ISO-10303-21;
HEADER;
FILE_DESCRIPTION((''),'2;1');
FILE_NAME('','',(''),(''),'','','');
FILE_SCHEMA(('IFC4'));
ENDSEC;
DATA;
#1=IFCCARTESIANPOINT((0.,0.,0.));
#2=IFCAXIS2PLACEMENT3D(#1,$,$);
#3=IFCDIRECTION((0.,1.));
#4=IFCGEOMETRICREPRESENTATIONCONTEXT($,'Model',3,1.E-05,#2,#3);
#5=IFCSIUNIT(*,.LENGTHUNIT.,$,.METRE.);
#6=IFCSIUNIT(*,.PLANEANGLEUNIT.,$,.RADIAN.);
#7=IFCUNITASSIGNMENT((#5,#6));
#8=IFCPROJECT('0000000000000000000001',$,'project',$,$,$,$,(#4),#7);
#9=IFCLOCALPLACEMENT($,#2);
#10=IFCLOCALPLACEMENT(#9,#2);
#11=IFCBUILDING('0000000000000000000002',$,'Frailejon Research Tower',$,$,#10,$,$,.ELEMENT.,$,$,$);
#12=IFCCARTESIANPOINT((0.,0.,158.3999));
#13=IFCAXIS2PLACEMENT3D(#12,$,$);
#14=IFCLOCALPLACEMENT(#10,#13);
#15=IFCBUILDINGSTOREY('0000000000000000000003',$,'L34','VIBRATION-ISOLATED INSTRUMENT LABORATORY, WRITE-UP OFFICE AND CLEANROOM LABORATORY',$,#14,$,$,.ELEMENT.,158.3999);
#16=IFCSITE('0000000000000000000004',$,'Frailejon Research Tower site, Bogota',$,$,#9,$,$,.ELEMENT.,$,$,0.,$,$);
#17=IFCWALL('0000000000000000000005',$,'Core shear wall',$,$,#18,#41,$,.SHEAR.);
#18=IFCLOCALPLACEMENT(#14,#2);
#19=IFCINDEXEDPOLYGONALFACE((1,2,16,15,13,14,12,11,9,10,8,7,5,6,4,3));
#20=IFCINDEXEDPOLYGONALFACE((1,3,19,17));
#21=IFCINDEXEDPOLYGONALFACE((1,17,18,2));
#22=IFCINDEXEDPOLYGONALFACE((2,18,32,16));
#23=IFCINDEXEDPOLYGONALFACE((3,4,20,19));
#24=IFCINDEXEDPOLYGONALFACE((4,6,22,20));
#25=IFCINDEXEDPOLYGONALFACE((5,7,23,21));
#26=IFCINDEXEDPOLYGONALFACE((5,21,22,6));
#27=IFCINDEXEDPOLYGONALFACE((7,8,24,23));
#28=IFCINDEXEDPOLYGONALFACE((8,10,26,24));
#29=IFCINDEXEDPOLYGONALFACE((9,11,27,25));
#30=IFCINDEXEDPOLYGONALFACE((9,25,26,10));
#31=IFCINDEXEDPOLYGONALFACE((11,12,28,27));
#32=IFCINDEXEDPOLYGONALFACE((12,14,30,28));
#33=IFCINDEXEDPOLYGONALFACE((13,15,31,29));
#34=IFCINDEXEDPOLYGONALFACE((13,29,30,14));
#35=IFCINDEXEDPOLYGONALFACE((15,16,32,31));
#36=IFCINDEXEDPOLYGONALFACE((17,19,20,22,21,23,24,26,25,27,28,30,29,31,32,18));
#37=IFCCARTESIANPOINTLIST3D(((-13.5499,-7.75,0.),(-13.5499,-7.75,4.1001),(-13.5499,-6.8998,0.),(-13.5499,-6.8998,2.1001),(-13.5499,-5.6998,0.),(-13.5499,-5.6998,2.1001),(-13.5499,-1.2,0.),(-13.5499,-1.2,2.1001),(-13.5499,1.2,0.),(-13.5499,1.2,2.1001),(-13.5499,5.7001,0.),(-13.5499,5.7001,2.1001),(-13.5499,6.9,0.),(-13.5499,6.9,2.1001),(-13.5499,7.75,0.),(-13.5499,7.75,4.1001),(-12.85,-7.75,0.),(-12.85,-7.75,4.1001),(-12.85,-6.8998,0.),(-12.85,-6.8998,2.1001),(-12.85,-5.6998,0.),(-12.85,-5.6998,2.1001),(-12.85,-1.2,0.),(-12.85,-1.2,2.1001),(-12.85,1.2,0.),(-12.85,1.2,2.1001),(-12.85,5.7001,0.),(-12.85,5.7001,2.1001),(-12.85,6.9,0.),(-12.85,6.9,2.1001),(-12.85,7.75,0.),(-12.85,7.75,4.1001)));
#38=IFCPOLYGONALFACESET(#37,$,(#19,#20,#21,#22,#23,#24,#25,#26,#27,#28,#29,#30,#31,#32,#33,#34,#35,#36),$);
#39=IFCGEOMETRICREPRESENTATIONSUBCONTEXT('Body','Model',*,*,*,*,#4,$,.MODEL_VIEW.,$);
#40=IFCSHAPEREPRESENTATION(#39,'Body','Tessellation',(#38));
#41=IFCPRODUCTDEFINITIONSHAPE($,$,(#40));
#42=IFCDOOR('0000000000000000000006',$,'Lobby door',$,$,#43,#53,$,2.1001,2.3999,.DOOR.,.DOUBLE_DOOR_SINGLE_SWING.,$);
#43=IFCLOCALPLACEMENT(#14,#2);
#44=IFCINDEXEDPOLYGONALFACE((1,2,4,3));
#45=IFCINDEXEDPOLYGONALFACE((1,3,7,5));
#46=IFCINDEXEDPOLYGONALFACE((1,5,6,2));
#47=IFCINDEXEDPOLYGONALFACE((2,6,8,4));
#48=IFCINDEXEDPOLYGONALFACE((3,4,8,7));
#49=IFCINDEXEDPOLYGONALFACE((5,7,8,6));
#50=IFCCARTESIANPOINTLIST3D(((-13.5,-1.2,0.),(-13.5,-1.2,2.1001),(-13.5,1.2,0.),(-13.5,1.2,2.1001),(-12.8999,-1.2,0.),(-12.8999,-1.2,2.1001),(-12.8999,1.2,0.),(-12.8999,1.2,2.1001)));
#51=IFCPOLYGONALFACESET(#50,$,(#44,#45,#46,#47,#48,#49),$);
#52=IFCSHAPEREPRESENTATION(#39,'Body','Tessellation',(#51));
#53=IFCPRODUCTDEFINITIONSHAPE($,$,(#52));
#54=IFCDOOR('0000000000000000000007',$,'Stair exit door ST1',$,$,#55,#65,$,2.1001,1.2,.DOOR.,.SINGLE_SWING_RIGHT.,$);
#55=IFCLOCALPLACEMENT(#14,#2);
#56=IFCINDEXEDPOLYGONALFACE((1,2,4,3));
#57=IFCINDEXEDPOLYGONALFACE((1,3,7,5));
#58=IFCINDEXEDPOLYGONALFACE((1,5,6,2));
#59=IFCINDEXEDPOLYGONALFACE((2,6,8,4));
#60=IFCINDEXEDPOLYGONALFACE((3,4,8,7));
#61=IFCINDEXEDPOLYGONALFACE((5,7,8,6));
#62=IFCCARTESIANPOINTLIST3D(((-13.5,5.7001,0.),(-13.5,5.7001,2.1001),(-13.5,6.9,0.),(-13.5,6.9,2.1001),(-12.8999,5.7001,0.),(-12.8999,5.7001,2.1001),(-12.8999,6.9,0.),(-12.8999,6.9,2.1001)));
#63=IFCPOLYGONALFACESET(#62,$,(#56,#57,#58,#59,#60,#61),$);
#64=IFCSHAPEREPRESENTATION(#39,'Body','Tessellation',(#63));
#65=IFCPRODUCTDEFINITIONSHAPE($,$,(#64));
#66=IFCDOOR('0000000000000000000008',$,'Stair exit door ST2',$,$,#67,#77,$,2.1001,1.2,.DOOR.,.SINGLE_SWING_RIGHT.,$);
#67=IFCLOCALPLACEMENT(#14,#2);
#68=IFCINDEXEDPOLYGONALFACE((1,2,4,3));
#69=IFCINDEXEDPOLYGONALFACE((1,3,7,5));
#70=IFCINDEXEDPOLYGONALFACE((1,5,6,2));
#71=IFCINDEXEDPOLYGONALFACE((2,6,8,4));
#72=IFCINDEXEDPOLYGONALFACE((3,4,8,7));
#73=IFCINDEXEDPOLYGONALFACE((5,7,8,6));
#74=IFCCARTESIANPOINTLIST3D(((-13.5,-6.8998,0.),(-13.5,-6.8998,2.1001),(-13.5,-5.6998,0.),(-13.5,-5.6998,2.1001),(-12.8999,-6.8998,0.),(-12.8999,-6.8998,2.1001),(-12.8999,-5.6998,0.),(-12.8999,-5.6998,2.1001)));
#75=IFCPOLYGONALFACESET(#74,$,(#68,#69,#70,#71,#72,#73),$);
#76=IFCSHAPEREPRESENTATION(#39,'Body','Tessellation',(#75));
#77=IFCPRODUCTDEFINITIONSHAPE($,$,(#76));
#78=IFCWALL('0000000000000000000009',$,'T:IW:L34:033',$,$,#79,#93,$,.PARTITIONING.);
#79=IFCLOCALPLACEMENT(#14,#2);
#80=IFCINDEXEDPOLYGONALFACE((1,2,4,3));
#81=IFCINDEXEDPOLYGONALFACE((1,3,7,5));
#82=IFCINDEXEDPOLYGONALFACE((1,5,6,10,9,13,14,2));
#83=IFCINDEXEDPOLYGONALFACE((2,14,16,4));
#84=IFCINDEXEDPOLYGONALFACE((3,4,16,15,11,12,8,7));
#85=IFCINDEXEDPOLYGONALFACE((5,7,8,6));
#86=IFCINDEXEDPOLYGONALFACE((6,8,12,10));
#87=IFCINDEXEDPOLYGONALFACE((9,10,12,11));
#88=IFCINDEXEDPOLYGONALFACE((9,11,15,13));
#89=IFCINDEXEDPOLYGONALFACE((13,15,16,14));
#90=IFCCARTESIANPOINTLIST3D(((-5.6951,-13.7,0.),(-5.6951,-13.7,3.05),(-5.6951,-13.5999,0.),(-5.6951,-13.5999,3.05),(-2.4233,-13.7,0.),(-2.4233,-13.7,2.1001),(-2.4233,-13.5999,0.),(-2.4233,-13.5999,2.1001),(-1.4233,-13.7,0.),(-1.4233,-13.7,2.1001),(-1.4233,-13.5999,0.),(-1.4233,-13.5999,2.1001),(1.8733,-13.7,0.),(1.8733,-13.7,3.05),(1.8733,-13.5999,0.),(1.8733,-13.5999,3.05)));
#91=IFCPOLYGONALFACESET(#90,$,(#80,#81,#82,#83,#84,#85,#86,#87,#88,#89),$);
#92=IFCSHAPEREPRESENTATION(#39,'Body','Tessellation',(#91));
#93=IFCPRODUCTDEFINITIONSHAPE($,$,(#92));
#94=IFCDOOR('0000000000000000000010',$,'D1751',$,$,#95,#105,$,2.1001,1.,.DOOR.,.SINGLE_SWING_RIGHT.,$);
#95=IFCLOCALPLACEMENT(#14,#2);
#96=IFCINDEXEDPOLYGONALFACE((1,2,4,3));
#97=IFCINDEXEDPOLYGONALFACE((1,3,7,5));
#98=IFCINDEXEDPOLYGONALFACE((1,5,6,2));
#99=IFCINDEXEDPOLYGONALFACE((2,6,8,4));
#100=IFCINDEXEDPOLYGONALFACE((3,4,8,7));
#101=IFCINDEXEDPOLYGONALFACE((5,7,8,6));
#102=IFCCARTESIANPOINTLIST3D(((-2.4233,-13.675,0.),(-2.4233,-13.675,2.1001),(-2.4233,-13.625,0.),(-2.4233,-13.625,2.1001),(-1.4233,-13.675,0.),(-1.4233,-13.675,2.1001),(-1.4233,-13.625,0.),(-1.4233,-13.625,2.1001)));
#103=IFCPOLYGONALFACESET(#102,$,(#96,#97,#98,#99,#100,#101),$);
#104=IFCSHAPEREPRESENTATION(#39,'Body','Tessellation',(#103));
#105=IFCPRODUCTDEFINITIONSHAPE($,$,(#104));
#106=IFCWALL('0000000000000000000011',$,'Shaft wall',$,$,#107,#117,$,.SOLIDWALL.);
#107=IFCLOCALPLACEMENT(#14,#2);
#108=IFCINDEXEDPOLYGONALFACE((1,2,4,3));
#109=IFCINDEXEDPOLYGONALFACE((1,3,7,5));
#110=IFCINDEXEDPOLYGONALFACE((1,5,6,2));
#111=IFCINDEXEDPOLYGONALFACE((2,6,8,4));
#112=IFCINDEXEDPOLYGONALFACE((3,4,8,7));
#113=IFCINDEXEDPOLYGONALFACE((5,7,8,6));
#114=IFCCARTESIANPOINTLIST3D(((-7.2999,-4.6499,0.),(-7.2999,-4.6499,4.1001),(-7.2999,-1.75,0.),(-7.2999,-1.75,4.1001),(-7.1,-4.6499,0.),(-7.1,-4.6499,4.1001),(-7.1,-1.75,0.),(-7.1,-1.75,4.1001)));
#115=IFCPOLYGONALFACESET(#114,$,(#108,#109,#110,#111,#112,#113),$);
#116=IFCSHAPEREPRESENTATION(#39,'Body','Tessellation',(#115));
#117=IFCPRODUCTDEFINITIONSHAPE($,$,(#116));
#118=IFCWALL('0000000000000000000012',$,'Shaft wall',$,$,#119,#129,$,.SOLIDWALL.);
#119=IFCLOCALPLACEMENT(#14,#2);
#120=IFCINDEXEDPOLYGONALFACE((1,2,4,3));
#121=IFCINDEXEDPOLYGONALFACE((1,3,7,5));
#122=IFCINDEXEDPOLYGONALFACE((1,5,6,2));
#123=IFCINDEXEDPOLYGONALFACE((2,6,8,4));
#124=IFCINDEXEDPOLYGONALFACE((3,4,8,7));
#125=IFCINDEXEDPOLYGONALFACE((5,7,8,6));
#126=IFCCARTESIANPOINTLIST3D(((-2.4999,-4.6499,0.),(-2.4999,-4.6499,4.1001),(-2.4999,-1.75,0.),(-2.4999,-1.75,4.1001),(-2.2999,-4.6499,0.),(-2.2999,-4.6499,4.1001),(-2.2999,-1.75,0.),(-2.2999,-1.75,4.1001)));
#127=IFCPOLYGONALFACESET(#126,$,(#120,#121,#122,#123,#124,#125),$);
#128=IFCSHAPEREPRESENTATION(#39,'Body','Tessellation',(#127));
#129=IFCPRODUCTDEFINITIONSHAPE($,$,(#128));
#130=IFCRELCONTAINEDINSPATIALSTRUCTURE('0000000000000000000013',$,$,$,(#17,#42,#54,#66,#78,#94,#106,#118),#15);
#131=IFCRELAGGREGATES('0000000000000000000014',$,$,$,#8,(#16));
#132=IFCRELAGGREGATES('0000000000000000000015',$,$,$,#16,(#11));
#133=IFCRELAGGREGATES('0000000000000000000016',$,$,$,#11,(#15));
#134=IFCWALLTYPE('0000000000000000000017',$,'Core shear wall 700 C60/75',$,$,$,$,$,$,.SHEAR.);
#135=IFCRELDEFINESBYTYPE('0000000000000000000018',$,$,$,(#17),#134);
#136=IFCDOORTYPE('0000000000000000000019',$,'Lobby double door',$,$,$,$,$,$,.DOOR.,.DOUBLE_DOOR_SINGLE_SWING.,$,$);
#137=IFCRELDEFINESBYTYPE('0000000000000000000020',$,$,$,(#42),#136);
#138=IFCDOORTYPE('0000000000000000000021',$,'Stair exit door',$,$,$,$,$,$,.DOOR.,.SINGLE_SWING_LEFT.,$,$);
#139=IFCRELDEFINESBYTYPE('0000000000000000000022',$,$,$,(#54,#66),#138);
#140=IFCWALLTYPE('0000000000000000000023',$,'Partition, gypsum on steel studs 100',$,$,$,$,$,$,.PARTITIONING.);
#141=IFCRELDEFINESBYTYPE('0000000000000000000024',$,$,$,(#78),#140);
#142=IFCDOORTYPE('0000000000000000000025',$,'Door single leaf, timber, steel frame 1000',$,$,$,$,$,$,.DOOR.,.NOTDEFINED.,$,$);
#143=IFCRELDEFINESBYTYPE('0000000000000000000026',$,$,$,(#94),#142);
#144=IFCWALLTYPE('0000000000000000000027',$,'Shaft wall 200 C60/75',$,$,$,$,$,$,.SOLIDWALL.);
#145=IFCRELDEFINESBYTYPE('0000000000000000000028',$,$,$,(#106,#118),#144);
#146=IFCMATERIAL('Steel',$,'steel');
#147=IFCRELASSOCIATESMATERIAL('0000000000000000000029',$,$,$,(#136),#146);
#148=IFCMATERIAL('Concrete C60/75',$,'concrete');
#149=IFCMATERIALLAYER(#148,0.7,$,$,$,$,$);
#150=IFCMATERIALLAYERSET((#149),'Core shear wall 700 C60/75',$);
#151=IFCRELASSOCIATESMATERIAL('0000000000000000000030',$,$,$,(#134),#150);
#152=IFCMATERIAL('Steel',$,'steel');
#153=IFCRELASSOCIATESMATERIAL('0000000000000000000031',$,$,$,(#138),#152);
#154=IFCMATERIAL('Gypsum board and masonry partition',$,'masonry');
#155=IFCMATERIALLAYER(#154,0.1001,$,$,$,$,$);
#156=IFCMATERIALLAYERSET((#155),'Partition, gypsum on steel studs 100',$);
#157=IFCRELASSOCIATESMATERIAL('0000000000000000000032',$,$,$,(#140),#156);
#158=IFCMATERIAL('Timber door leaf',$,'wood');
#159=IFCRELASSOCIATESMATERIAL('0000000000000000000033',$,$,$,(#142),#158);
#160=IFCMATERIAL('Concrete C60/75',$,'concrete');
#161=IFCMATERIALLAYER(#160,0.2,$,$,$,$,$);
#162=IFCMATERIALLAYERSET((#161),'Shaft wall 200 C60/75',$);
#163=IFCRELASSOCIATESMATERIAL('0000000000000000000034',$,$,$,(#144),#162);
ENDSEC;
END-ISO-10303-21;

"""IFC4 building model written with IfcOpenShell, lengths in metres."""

from ifc_helpers import new_model, si_unit, direction, frame, frame_2d, origin, place, context, subcontext, project, spatial, rectangle, extrude, material, layer, layer_set, type_object, element, fill, save


model = new_model("IFC4")

# Units and contexts
model_context = context("Model", 3, precision=1e-05, world=origin(), true_north=direction((0.0, 1.0)))
body_context = subcontext(model_context, "Body", "Model", "MODEL_VIEW")
ifc_project = project(units=[si_unit("LENGTHUNIT", "METRE"), si_unit("PLANEANGLEUNIT", "RADIAN")], contexts=[model_context])

# Site, building, storey
site_placement = place(None, origin())
site = spatial("IfcSite", under=ifc_project, at=site_placement, Name="Frailejon Research Tower site, Bogota", CompositionType="ELEMENT", RefElevation=0.0)
building_placement = place(site_placement, origin())
building = spatial("IfcBuilding", under=site, at=building_placement, Name="Frailejon Research Tower", CompositionType="ELEMENT")
storey_placement = place(building_placement, frame((0.0, 0.0, 158.3999)))
storey = spatial("IfcBuildingStorey", under=building, at=storey_placement, Name="L34", Description="VIBRATION-ISOLATED INSTRUMENT LABORATORY, WRITE-UP OFFICE AND CLEANROOM LABORATORY", CompositionType="ELEMENT", Elevation=158.3999)

# Shared definitions
ifc_material_1 = material(Name="Steel", Category="steel")
door_type_1 = type_object("IfcDoorType", Name="Lobby double door", OperationType="DOUBLE_DOOR_SINGLE_SWING", PredefinedType="DOOR", material=ifc_material_1)

# Shared definitions
ifc_material_2 = material(Name="Concrete C60/75", Category="concrete")
ifc_layer_1 = layer(ifc_material_2, 0.7)
ifc_layer_set_1 = layer_set([ifc_layer_1], Name="Core shear wall 700 C60/75")
wall_type_1 = type_object("IfcWallType", Name="Core shear wall 700 C60/75", PredefinedType="SHEAR", material=ifc_layer_set_1)

# Wall, openings, doors
wall_1_placement = place(storey_placement, frame((-13.2, -7.75, 0.0), z_axis=(0.0, 0.0, 1.0), x_axis=(0.0, 1.0, 0.0)))
wall_1 = element("IfcWall", 1, at=wall_1_placement, inside=storey, type_object=wall_type_1, Name="Core shear wall", PredefinedType="SHEAR", context=body_context, shape_type="SweptSolid", body=[
    extrude(rectangle(XDim=15.5, YDim=0.7, at=frame_2d((7.75, 0.0))), origin(), (0.0, 0.0, 1.0), 4.1001),
])
opening_1_placement = place(wall_1_placement, frame((6.55, 0.0, 0.0)))
opening_1 = element("IfcOpeningElement", 2, at=opening_1_placement, cuts=wall_1, PredefinedType="OPENING", context=body_context, shape_type="SweptSolid", body=[
    extrude(rectangle(XDim=2.3999, YDim=2.1001, at=frame_2d((1.2, 1.05))), frame((0.0, 0.3599, 0.0), z_axis=(0.0, -1.0, 0.0), x_axis=(1.0, 0.0, 0.0)), (0.0, 0.0, 1.0), 0.72),
])
opening_2_placement = place(wall_1_placement, frame((13.45, 0.0, 0.0)))
opening_2 = element("IfcOpeningElement", 3, at=opening_2_placement, cuts=wall_1, PredefinedType="OPENING", context=body_context, shape_type="SweptSolid", body=[
    extrude(rectangle(XDim=1.2, YDim=2.1001, at=frame_2d((0.6001, 1.05))), frame((0.0, 0.3599, 0.0), z_axis=(0.0, -1.0, 0.0), x_axis=(1.0, 0.0, 0.0)), (0.0, 0.0, 1.0), 0.72),
])
opening_3_placement = place(wall_1_placement, frame((0.8501, 0.0, 0.0)))
opening_3 = element("IfcOpeningElement", 4, at=opening_3_placement, cuts=wall_1, PredefinedType="OPENING", context=body_context, shape_type="SweptSolid", body=[
    extrude(rectangle(XDim=1.2, YDim=2.1001, at=frame_2d((0.6001, 1.05))), frame((0.0, 0.3599, 0.0), z_axis=(0.0, -1.0, 0.0), x_axis=(1.0, 0.0, 0.0)), (0.0, 0.0, 1.0), 0.72),
])
door_1_placement = place(opening_1_placement, origin())
door_1 = element("IfcDoor", 5, at=door_1_placement, inside=storey, type_object=door_type_1, Name="Lobby door", OperationType="DOUBLE_DOOR_SINGLE_SWING", OverallHeight=2.1001, OverallWidth=2.3999, PredefinedType="DOOR", context=body_context, shape_type="SweptSolid", body=[
    extrude(rectangle(XDim=2.3999, YDim=2.1001, at=frame_2d((1.2, 1.05))), frame((0.0, 0.3, 0.0), z_axis=(0.0, -1.0, 0.0), x_axis=(1.0, 0.0, 0.0)), (0.0, 0.0, 1.0), 0.6001),
])
fill(opening_1, door_1)
ifc_material_3 = material(Name="Steel", Category="steel")
door_type_2 = type_object("IfcDoorType", Name="Stair exit door", OperationType="SINGLE_SWING_LEFT", PredefinedType="DOOR", material=ifc_material_3)
door_2_placement = place(opening_2_placement, origin())
door_2 = element("IfcDoor", 6, at=door_2_placement, inside=storey, type_object=door_type_2, Name="Stair exit door ST1", OperationType="SINGLE_SWING_RIGHT", OverallHeight=2.1001, OverallWidth=1.2, PredefinedType="DOOR", context=body_context, shape_type="SweptSolid", body=[
    extrude(rectangle(XDim=1.2, YDim=2.1001, at=frame_2d((0.6001, 1.05))), frame((0.0, 0.3, 0.0), z_axis=(0.0, -1.0, 0.0), x_axis=(1.0, 0.0, 0.0)), (0.0, 0.0, 1.0), 0.6001),
])
fill(opening_2, door_2)
door_3_placement = place(opening_3_placement, origin())
door_3 = element("IfcDoor", 7, at=door_3_placement, inside=storey, type_object=door_type_2, Name="Stair exit door ST2", OperationType="SINGLE_SWING_RIGHT", OverallHeight=2.1001, OverallWidth=1.2, PredefinedType="DOOR", context=body_context, shape_type="SweptSolid", body=[
    extrude(rectangle(XDim=1.2, YDim=2.1001, at=frame_2d((0.6001, 1.05))), frame((0.0, 0.3, 0.0), z_axis=(0.0, -1.0, 0.0), x_axis=(1.0, 0.0, 0.0)), (0.0, 0.0, 1.0), 0.6001),
])
fill(opening_3, door_3)

# Wall, opening, door
ifc_material_4 = material(Name="Gypsum board and masonry partition", Category="masonry")
ifc_layer_2 = layer(ifc_material_4, 0.1001)
ifc_layer_set_2 = layer_set([ifc_layer_2], Name="Partition, gypsum on steel studs 100")
wall_type_2 = type_object("IfcWallType", Name="Partition, gypsum on steel studs 100", PredefinedType="PARTITIONING", material=ifc_layer_set_2)
wall_2_placement = place(storey_placement, frame((-5.6951, -13.6499, 0.0), z_axis=(0.0, 0.0, 1.0), x_axis=(1.0, 0.0, 0.0)))
wall_2 = element("IfcWall", 8, at=wall_2_placement, inside=storey, type_object=wall_type_2, Name="T:IW:L34:033", PredefinedType="PARTITIONING", context=body_context, shape_type="SweptSolid", body=[
    extrude(rectangle(XDim=7.5684, YDim=0.1001, at=frame_2d((3.7842, 0.0))), origin(), (0.0, 0.0, 1.0), 3.05),
])
opening_4_placement = place(wall_2_placement, frame((3.2717, 0.0, 0.0)))
opening_4 = element("IfcOpeningElement", 9, at=opening_4_placement, cuts=wall_2, PredefinedType="OPENING", context=body_context, shape_type="SweptSolid", body=[
    extrude(rectangle(XDim=1.0, YDim=2.1001, at=frame_2d((0.5, 1.05))), frame((0.0, 0.0601, 0.0), z_axis=(0.0, -1.0, 0.0), x_axis=(1.0, 0.0, 0.0)), (0.0, 0.0, 1.0), 0.1201),
])
ifc_material_5 = material(Name="Timber door leaf", Category="wood")
door_type_3 = type_object("IfcDoorType", Name="Door single leaf, timber, steel frame 1000", OperationType="NOTDEFINED", PredefinedType="DOOR", material=ifc_material_5)
door_4_placement = place(opening_4_placement, origin())
door_4 = element("IfcDoor", 10, at=door_4_placement, inside=storey, type_object=door_type_3, Name="D1751", OperationType="SINGLE_SWING_RIGHT", OverallHeight=2.1001, OverallWidth=1.0, PredefinedType="DOOR", context=body_context, shape_type="SweptSolid", body=[
    extrude(rectangle(XDim=1.0, YDim=2.1001, at=frame_2d((0.5, 1.05))), frame((0.0, 0.0249, 0.0), z_axis=(0.0, -1.0, 0.0), x_axis=(1.0, 0.0, 0.0)), (0.0, 0.0, 1.0), 0.05),
])
fill(opening_4, door_4)

# Walls
ifc_material_6 = material(Name="Concrete C60/75", Category="concrete")
ifc_layer_3 = layer(ifc_material_6, 0.2)
ifc_layer_set_3 = layer_set([ifc_layer_3], Name="Shaft wall 200 C60/75")
wall_type_3 = type_object("IfcWallType", Name="Shaft wall 200 C60/75", PredefinedType="SOLIDWALL", material=ifc_layer_set_3)
for number, where, z_axis, x_axis, name in (
    (11, (-7.2, -4.6499, 0.0), (0.0, 0.0, 1.0), (0.0, 1.0, 0.0), "Shaft wall"),
    (12, (-2.3999, -4.6499, 0.0), (0.0, 0.0, 1.0), (0.0, 1.0, 0.0), "Shaft wall"),
):
    element("IfcWall", number, at=place(storey_placement, frame(where, z_axis=z_axis, x_axis=x_axis)), inside=storey, type_object=wall_type_3, Name=name, PredefinedType="SOLIDWALL", context=body_context, shape_type="SweptSolid", body=[
        extrude(rectangle(XDim=2.8999, YDim=0.2, at=frame_2d((1.45, 0.0))), origin(), (0.0, 0.0, 1.0), 4.1001),
    ])

save(model, "model.ifc")
